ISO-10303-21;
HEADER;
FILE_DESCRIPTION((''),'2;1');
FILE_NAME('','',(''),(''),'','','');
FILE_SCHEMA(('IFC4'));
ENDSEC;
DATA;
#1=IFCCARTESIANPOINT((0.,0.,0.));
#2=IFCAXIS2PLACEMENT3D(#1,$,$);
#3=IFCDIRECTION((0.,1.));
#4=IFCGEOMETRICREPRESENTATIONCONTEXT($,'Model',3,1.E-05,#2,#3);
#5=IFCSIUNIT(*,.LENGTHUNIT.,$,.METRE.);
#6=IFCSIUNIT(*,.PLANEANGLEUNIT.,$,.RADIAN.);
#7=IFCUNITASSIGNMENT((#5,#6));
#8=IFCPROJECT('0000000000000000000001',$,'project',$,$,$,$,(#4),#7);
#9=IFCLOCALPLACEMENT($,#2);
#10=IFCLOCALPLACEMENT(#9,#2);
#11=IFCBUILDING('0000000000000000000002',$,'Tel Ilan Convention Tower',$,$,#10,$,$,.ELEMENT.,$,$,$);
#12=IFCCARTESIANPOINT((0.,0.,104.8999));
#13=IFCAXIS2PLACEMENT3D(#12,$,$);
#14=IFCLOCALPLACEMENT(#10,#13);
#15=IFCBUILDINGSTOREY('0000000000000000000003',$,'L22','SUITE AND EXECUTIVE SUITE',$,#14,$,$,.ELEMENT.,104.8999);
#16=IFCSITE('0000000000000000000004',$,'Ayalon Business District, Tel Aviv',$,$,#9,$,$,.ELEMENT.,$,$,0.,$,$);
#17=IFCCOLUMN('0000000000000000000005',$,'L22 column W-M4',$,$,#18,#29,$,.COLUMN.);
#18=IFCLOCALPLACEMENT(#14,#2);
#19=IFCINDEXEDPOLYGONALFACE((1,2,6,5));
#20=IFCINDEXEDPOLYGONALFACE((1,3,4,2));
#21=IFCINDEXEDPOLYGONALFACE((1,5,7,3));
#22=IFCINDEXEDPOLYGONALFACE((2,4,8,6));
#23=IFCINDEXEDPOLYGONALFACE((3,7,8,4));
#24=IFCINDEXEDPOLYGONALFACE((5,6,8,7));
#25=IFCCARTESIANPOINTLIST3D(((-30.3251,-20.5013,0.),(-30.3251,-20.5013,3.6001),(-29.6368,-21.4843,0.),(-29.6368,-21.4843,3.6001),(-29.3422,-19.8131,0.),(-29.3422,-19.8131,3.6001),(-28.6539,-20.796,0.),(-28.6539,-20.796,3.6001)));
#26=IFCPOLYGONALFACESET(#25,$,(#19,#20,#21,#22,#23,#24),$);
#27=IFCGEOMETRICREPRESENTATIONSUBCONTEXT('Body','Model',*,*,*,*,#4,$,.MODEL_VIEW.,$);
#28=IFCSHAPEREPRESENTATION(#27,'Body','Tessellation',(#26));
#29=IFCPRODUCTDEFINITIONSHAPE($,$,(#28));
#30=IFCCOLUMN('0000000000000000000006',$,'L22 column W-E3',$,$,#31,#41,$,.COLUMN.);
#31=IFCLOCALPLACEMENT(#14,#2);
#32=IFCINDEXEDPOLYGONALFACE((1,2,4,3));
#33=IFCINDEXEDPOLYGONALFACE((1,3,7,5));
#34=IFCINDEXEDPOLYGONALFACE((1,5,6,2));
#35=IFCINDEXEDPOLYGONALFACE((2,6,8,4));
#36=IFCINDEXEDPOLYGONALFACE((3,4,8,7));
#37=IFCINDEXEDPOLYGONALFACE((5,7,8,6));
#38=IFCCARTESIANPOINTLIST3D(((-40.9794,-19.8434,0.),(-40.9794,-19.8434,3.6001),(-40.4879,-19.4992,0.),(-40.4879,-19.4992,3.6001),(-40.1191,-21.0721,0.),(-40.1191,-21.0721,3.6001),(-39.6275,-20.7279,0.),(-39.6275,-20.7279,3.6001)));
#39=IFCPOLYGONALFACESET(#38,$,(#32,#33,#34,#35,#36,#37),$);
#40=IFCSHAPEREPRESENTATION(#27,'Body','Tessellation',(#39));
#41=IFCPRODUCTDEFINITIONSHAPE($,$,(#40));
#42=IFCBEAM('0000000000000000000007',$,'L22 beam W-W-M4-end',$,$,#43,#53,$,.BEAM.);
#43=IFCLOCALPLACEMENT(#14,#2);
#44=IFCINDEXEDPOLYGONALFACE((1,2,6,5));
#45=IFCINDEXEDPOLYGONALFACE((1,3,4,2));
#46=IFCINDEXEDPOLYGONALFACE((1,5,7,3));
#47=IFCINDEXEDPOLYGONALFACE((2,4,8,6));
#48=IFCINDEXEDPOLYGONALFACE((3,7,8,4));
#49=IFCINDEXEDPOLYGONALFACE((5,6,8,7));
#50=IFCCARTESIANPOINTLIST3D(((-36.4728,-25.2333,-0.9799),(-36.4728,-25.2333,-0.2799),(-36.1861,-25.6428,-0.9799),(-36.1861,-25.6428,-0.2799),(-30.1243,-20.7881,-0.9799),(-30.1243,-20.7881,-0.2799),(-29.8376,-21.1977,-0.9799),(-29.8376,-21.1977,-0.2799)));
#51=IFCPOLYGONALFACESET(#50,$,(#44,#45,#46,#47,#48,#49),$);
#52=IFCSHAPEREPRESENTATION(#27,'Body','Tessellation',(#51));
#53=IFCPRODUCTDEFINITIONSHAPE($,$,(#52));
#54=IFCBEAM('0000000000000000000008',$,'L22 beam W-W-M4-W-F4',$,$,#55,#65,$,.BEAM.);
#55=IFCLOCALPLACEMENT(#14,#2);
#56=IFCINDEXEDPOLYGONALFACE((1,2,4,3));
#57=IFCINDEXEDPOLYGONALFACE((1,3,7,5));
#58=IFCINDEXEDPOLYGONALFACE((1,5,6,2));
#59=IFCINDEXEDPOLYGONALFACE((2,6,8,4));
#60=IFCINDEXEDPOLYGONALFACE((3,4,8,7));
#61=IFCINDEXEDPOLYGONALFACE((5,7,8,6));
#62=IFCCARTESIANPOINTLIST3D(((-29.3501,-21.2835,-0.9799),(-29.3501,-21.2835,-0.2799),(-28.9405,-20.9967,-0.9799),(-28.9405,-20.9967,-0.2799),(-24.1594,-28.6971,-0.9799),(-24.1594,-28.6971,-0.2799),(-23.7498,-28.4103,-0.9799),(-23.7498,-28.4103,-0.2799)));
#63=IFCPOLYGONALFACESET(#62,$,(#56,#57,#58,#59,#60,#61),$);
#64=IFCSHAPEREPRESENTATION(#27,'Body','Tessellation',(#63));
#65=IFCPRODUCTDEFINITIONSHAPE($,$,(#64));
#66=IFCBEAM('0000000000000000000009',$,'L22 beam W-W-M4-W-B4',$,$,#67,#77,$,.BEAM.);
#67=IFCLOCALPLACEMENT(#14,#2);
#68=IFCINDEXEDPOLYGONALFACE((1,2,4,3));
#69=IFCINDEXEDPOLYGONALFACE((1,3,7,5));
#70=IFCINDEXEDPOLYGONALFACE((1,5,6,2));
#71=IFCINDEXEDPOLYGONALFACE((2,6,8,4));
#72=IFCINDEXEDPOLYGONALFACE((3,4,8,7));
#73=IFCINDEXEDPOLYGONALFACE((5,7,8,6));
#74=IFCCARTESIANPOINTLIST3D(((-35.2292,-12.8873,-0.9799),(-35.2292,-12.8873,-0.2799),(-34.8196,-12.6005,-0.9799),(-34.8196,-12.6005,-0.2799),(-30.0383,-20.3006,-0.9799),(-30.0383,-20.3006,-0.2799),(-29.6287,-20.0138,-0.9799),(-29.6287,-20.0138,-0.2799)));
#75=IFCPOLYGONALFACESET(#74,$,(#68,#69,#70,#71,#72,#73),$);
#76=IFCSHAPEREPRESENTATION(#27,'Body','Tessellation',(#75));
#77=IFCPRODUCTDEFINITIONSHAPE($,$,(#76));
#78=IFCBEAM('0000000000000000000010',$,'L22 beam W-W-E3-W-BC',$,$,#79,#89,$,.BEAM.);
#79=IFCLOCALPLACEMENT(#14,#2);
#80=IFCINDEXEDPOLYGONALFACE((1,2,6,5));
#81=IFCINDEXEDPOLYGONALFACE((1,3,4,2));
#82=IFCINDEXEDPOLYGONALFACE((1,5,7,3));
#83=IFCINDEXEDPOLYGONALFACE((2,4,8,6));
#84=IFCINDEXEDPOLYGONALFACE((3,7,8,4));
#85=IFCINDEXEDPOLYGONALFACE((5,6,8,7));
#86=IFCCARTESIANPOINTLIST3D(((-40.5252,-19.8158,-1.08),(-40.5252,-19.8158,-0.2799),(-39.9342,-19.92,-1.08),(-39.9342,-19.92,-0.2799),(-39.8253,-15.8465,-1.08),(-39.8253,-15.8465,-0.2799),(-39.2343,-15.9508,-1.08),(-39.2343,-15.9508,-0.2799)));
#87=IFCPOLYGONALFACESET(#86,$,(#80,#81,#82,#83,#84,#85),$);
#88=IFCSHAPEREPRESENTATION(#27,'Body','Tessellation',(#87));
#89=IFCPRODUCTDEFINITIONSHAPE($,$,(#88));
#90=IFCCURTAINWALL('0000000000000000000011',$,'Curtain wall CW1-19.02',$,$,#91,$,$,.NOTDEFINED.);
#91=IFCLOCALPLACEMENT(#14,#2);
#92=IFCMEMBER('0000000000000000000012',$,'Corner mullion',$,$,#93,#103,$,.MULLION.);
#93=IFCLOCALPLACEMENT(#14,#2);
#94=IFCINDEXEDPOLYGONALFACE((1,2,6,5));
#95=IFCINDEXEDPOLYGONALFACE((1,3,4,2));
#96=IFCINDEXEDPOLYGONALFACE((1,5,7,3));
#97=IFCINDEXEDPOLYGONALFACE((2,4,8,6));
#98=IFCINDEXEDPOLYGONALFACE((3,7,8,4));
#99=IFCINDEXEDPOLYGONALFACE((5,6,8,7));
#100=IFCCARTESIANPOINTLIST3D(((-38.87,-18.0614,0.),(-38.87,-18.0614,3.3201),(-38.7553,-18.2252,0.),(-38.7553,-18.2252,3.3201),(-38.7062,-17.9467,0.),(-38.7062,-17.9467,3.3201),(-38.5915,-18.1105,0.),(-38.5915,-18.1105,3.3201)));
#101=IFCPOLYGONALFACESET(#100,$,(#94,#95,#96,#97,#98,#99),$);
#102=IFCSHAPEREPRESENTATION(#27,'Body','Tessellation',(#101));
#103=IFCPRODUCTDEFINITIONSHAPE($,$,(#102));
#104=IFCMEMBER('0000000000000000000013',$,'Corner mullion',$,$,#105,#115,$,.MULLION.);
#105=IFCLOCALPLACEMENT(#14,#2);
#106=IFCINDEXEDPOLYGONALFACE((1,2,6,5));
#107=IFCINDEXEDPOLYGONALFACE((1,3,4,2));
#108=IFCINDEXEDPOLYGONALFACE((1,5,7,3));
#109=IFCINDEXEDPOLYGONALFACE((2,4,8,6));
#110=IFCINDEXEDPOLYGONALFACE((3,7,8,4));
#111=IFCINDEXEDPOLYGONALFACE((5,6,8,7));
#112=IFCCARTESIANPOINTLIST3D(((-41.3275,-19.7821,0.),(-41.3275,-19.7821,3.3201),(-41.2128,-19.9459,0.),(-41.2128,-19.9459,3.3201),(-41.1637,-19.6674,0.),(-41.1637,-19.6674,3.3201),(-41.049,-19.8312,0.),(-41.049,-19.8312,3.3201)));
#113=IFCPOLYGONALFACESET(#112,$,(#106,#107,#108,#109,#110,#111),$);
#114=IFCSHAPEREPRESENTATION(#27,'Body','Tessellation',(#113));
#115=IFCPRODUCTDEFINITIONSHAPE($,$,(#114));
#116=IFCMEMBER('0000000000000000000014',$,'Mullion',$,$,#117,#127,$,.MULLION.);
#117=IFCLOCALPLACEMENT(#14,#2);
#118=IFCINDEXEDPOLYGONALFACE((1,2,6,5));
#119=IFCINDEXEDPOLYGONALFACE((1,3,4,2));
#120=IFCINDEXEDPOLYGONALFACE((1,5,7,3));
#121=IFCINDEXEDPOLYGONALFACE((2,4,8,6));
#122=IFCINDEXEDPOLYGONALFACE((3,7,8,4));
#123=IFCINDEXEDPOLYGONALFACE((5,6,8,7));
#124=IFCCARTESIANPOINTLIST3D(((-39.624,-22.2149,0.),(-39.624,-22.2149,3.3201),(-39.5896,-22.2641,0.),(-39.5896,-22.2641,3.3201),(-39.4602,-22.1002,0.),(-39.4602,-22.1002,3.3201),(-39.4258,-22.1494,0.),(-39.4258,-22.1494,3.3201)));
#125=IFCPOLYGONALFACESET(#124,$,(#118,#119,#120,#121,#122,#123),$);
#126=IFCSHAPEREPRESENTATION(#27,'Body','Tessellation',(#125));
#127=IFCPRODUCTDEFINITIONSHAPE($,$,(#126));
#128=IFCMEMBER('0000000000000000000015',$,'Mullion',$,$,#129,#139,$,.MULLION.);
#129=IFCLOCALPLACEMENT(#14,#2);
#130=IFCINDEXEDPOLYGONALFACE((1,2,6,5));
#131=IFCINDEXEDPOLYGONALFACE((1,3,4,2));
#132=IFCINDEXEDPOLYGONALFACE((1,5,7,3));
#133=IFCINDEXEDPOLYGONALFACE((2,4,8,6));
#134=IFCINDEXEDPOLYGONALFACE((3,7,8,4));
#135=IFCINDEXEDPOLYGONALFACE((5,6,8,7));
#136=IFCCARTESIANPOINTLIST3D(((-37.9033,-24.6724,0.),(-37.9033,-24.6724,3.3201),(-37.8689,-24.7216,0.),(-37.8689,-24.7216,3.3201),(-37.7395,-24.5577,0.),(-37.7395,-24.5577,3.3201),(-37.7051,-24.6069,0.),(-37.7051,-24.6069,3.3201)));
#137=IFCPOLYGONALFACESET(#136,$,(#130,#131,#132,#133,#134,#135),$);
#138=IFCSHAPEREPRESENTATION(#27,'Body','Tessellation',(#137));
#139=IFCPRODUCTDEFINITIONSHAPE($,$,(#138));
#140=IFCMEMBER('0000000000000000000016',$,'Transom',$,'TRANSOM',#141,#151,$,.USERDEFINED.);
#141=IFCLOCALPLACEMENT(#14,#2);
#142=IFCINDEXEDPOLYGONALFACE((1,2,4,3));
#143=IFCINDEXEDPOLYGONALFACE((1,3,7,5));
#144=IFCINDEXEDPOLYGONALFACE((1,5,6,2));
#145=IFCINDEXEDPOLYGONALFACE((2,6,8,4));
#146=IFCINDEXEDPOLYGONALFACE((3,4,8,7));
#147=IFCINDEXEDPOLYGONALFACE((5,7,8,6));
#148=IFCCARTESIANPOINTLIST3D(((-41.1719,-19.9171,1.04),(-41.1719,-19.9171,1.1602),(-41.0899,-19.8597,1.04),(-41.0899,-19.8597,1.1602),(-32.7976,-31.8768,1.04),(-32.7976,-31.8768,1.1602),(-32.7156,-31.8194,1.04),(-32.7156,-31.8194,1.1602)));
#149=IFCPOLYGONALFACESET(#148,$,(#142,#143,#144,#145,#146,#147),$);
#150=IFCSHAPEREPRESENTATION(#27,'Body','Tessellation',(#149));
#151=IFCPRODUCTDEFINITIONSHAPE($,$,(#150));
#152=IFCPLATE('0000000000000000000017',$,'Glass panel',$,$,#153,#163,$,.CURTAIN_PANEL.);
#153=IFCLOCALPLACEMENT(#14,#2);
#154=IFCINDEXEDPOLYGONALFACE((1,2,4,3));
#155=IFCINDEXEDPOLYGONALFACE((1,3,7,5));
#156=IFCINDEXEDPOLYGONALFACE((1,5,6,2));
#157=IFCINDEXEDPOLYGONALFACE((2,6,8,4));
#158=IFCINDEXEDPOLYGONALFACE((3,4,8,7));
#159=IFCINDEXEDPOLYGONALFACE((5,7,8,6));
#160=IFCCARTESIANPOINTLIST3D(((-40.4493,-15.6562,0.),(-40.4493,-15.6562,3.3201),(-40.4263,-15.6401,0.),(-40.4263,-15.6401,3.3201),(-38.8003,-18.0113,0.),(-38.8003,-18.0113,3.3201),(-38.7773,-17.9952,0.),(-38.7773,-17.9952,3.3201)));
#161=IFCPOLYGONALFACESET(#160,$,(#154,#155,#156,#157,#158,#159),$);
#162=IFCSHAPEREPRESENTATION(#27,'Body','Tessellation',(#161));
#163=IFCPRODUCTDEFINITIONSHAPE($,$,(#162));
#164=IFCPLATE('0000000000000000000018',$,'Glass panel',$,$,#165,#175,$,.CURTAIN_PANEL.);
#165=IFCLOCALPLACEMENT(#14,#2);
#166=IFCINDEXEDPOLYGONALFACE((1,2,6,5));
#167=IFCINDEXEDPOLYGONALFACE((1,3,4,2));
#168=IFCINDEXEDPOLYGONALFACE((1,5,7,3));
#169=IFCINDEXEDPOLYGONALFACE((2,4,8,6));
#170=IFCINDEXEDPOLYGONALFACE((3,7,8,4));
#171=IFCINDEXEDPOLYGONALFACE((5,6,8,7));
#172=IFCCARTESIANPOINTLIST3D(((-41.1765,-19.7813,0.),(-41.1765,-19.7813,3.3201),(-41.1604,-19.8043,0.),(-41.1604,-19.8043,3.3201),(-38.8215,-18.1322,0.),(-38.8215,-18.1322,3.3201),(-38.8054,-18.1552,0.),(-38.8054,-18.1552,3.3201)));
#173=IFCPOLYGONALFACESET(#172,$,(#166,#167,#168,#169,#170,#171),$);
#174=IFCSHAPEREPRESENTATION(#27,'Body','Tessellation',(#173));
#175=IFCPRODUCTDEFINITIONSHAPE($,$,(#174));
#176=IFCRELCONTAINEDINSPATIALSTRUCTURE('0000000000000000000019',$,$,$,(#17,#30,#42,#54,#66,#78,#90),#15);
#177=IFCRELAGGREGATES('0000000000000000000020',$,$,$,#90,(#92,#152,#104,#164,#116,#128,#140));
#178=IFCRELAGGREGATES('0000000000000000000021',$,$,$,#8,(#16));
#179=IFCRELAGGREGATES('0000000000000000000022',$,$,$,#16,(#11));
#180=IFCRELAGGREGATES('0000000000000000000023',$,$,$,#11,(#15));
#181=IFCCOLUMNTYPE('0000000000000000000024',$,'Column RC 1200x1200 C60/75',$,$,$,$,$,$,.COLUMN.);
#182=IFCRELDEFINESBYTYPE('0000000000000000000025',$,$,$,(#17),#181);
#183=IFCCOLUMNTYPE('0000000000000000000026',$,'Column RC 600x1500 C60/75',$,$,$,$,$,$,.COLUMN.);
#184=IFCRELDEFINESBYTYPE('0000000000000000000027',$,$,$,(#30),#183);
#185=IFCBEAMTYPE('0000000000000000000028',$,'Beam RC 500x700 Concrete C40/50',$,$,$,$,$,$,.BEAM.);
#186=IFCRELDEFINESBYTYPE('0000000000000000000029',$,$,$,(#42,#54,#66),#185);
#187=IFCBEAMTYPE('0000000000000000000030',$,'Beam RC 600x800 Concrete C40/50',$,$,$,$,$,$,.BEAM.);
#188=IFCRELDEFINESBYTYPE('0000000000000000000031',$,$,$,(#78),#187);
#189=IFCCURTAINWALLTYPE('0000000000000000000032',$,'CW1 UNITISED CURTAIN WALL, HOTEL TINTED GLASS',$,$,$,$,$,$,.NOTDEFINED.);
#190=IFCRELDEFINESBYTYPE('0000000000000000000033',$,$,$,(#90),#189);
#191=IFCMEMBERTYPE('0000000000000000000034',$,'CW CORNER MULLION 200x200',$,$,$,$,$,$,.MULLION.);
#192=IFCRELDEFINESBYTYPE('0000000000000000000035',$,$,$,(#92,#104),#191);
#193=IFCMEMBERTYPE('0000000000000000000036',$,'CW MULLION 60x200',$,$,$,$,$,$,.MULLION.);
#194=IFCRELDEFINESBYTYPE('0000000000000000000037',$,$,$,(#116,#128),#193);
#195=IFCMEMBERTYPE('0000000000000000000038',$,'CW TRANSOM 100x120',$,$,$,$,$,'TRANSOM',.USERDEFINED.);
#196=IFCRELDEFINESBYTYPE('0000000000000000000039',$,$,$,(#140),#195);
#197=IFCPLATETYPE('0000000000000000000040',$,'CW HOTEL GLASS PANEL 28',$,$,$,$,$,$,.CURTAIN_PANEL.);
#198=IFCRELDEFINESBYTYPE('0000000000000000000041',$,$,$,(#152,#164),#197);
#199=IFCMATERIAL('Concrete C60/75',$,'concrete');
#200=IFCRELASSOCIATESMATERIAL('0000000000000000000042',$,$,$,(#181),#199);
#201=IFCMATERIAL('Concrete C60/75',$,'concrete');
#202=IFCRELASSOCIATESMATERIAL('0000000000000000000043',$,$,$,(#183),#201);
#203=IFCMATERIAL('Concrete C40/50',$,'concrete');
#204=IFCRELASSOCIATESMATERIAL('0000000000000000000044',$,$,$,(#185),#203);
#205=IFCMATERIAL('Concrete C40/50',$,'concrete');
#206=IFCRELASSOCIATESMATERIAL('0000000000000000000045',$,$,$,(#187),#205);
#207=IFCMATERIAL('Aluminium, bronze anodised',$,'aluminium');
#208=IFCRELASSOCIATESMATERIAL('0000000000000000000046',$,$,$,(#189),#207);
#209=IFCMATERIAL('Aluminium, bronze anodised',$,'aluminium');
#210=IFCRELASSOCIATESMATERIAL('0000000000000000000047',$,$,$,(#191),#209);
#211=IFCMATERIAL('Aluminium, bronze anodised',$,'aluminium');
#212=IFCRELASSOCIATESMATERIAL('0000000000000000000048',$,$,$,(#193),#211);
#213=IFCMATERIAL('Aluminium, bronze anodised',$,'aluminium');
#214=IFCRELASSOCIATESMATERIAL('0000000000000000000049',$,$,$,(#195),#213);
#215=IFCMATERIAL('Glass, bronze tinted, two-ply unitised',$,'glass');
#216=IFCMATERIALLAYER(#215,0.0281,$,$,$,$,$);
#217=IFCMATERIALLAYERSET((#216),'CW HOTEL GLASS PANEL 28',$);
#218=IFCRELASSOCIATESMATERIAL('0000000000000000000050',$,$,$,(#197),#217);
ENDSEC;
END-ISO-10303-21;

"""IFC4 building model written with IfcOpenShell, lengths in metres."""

from ifc_helpers import new_model, si_unit, direction, frame, origin, origin_2d, place, context, subcontext, project, spatial, rectangle, extrude, material, layer, layer_set, material_profile, profile_set, type_object, element, aggregate, save


model = new_model("IFC4")

# Units and contexts
model_context = context("Model", 3, precision=1e-05, world=origin(), true_north=direction((0.0, 1.0)))
body_context = subcontext(model_context, "Body", "Model", "MODEL_VIEW")
ifc_project = project(units=[si_unit("LENGTHUNIT", "METRE"), si_unit("PLANEANGLEUNIT", "RADIAN")], contexts=[model_context])

# Site, building, storey
site_placement = place(None, origin())
site = spatial("IfcSite", under=ifc_project, at=site_placement, Name="Ayalon Business District, Tel Aviv", CompositionType="ELEMENT", RefElevation=0.0)
building_placement = place(site_placement, origin())
building = spatial("IfcBuilding", under=site, at=building_placement, Name="Tel Ilan Convention Tower", CompositionType="ELEMENT")
storey_placement = place(building_placement, frame((0.0, 0.0, 104.8999)))
storey = spatial("IfcBuildingStorey", under=building, at=storey_placement, Name="L22", Description="SUITE AND EXECUTIVE SUITE", CompositionType="ELEMENT", Elevation=104.8999)

# Columns
ifc_material_1 = material(Name="Concrete C60/75", Category="concrete")
ifc_material_profile_1 = material_profile(ifc_material_1, rectangle(XDim=1.2, YDim=1.2, at=origin_2d()), Name="RC 1200x1200")
ifc_profile_set_1 = profile_set([ifc_material_profile_1], Name="Concrete C60/75")
column_type_1 = type_object("IfcColumnType", Name="Column RC 1200x1200 C60/75", PredefinedType="COLUMN", material=ifc_profile_set_1)
column_1_placement = place(storey_placement, frame((-29.4895, -20.6487, 0.0), z_axis=(0.0, 0.0, 1.0), x_axis=(-0.819152, -0.573576, 0.0)))
element("IfcColumn", 1, at=column_1_placement, inside=storey, type_object=column_type_1, Name="L22 column W-M4", PredefinedType="COLUMN", context=body_context, shape_type="SweptSolid", body=[
    extrude(rectangle(XDim=1.2, YDim=1.2, at=origin_2d()), origin(), (0.0, 0.0, 1.0), 3.6001),
])
ifc_material_2 = material(Name="Concrete C60/75", Category="concrete")
ifc_material_profile_2 = material_profile(ifc_material_2, rectangle(XDim=1.5, YDim=0.6001, at=origin_2d()), Name="RC 600x1500")
ifc_profile_set_2 = profile_set([ifc_material_profile_2], Name="Concrete C60/75")
column_type_2 = type_object("IfcColumnType", Name="Column RC 600x1500 C60/75", PredefinedType="COLUMN", material=ifc_profile_set_2)
column_2_placement = place(storey_placement, frame((-40.3035, -20.2856, 0.0), z_axis=(0.0, 0.0, 1.0), x_axis=(-0.573576, 0.819152, 0.0)))
element("IfcColumn", 2, at=column_2_placement, inside=storey, type_object=column_type_2, Name="L22 column W-E3", PredefinedType="COLUMN", context=body_context, shape_type="SweptSolid", body=[
    extrude(rectangle(XDim=1.5, YDim=0.6001, at=origin_2d()), origin(), (0.0, 0.0, 1.0), 3.6001),
])

# Beams
ifc_material_3 = material(Name="Concrete C40/50", Category="concrete")
ifc_material_profile_3 = material_profile(ifc_material_3, rectangle(XDim=0.5, YDim=0.7, at=origin_2d()), Name="RC 500x700")
ifc_profile_set_3 = profile_set([ifc_material_profile_3], Name="Concrete C40/50")
beam_type_1 = type_object("IfcBeamType", Name="Beam RC 500x700 Concrete C40/50", PredefinedType="BEAM", material=ifc_profile_set_3)
beam_1_placement = place(storey_placement, frame((-29.981, -20.9929, -0.6299), z_axis=(-0.819159, -0.573566, 0.0), x_axis=(0.573566, -0.819159, 0.0)))
element("IfcBeam", 3, at=beam_1_placement, inside=storey, type_object=beam_type_1, Name="L22 beam W-W-M4-end", PredefinedType="BEAM", context=body_context, shape_type="SweptSolid", body=[
    extrude(rectangle(XDim=0.5, YDim=0.7, at=origin_2d()), origin(), (0.0, 0.0, 1.0), 7.75),
])
for number, where, z_axis, x_axis, name in (
    (4, (-29.1453, -21.1401, -0.6299), (0.573549, -0.819171, 0.0), (0.819171, 0.573549, 0.0), "L22 beam W-W-M4-W-F4"),
    (5, (-29.8335, -20.1572, -0.6299), (-0.57358, 0.81915, 0.0), (-0.81915, -0.57358, 0.0), "L22 beam W-W-M4-W-B4"),
):
    element("IfcBeam", number, at=place(storey_placement, frame(where, z_axis=z_axis, x_axis=x_axis)), inside=storey, type_object=beam_type_1, Name=name, PredefinedType="BEAM", context=body_context, shape_type="SweptSolid", body=[
        extrude(rectangle(XDim=0.5, YDim=0.7, at=origin_2d()), origin(), (0.0, 0.0, 1.0), 9.05),
    ])
ifc_material_4 = material(Name="Concrete C40/50", Category="concrete")
ifc_material_profile_4 = material_profile(ifc_material_4, rectangle(XDim=0.6001, YDim=0.8, at=origin_2d()), Name="RC 600x800")
ifc_profile_set_4 = profile_set([ifc_material_profile_4], Name="Concrete C40/50")
beam_type_2 = type_object("IfcBeamType", Name="Beam RC 600x800 Concrete C40/50", PredefinedType="BEAM", material=ifc_profile_set_4)
beam_2_placement = place(storey_placement, frame((-40.2297, -19.8679, -0.6799), z_axis=(0.173664, 0.984805, 0.0), x_axis=(-0.984805, 0.173664, 0.0)))
element("IfcBeam", 6, at=beam_2_placement, inside=storey, type_object=beam_type_2, Name="L22 beam W-W-E3-W-BC", PredefinedType="BEAM", context=body_context, shape_type="SweptSolid", body=[
    extrude(rectangle(XDim=0.6001, YDim=0.8, at=origin_2d()), origin(), (0.0, 0.0, 1.0), 4.0305),
])

# Curtain wall, members, plates
ifc_material_5 = material(Name="Aluminium, bronze anodised", Category="aluminium")
curtain_wall_type = type_object("IfcCurtainWallType", Name="CW1 UNITISED CURTAIN WALL, HOTEL TINTED GLASS", PredefinedType="NOTDEFINED", material=ifc_material_5)
curtain_wall_placement = place(storey_placement, origin())
curtain_wall = element("IfcCurtainWall", 7, at=curtain_wall_placement, inside=storey, type_object=curtain_wall_type, Name="Curtain wall CW1-19.02", PredefinedType="NOTDEFINED")
ifc_material_6 = material(Name="Aluminium, bronze anodised", Category="aluminium")
ifc_material_profile_5 = material_profile(ifc_material_6, rectangle(XDim=0.2, YDim=0.2, at=origin_2d()), Name="CW CORNER MULLION 200x200")
ifc_profile_set_5 = profile_set([ifc_material_profile_5], Name="Aluminium, bronze anodised")
member_type_1 = type_object("IfcMemberType", Name="CW CORNER MULLION 200x200", PredefinedType="MULLION", material=ifc_profile_set_5)
member_1_placement = place(storey_placement, frame((-38.7307, -18.0859, 0.0), z_axis=(0.0, 0.0, 1.0), x_axis=(0.573576, -0.819152, 0.0)))
member_1 = element("IfcMember", 8, at=member_1_placement, type_object=member_type_1, Name="Corner mullion", PredefinedType="MULLION", context=body_context, shape_type="SweptSolid", body=[
    extrude(rectangle(XDim=0.2, YDim=0.2, at=origin_2d()), origin(), (0.0, 0.0, 1.0), 3.3201),
])
member_2_placement = place(storey_placement, frame((-41.1882, -19.8066, 0.0), z_axis=(0.0, 0.0, 1.0), x_axis=(-0.819152, -0.573576, 0.0)))
member_2 = element("IfcMember", 9, at=member_2_placement, type_object=member_type_1, Name="Corner mullion", PredefinedType="MULLION", context=body_context, shape_type="SweptSolid", body=[
    extrude(rectangle(XDim=0.2, YDim=0.2, at=origin_2d()), origin(), (0.0, 0.0, 1.0), 3.3201),
])
ifc_material_7 = material(Name="Aluminium, bronze anodised", Category="aluminium")
ifc_material_profile_6 = material_profile(ifc_material_7, rectangle(XDim=0.0601, YDim=0.2, at=origin_2d()), Name="CW MULLION 60x200")
ifc_profile_set_6 = profile_set([ifc_material_profile_6], Name="Aluminium, bronze anodised")
member_type_2 = type_object("IfcMemberType", Name="CW MULLION 60x200", PredefinedType="MULLION", material=ifc_profile_set_6)
member_3_placement = place(storey_placement, frame((-39.5249, -22.1821, 0.0), z_axis=(0.0, 0.0, 1.0), x_axis=(0.573576, -0.819152, 0.0)))
member_3 = element("IfcMember", 10, at=member_3_placement, type_object=member_type_2, Name="Mullion", PredefinedType="MULLION", context=body_context, shape_type="SweptSolid", body=[
    extrude(rectangle(XDim=0.0601, YDim=0.2, at=origin_2d()), origin(), (0.0, 0.0, 1.0), 3.3201),
])
member_4_placement = place(storey_placement, frame((-37.8042, -24.6396, 0.0), z_axis=(0.0, 0.0, 1.0), x_axis=(0.573576, -0.819152, 0.0)))
member_4 = element("IfcMember", 11, at=member_4_placement, type_object=member_type_2, Name="Mullion", PredefinedType="MULLION", context=body_context, shape_type="SweptSolid", body=[
    extrude(rectangle(XDim=0.0601, YDim=0.2, at=origin_2d()), origin(), (0.0, 0.0, 1.0), 3.3201),
])
ifc_material_8 = material(Name="Aluminium, bronze anodised", Category="aluminium")
ifc_material_profile_7 = material_profile(ifc_material_8, rectangle(XDim=0.1001, YDim=0.1201, at=origin_2d()), Name="CW TRANSOM 100x120")
ifc_profile_set_7 = profile_set([ifc_material_profile_7], Name="Aluminium, bronze anodised")
member_type_3 = type_object("IfcMemberType", Name="CW TRANSOM 100x120", ElementType="TRANSOM", PredefinedType="USERDEFINED", material=ifc_profile_set_7)
member_5_placement = place(storey_placement, frame((-41.1309, -19.8884, 1.1001), z_axis=(0.573576, -0.819153, 0.0), x_axis=(0.819153, 0.573576, 0.0)))
member_5 = element("IfcMember", 12, at=member_5_placement, type_object=member_type_3, Name="Transom", ObjectType="TRANSOM", PredefinedType="USERDEFINED", context=body_context, shape_type="SweptSolid", body=[
    extrude(rectangle(XDim=0.1001, YDim=0.1201, at=origin_2d()), origin(), (0.0, 0.0, 1.0), 14.6001),
])
ifc_material_9 = material(Name="Glass, bronze tinted, two-ply unitised", Category="glass")
ifc_layer_1 = layer(ifc_material_9, 0.0281)
ifc_layer_set_1 = layer_set([ifc_layer_1], Name="CW HOTEL GLASS PANEL 28")
plate_type = type_object("IfcPlateType", Name="CW HOTEL GLASS PANEL 28", PredefinedType="CURTAIN_PANEL", material=ifc_layer_set_1)
plate_1_placement = place(storey_placement, frame((-39.6133, -16.8257, 0.0), z_axis=(0.0, 0.0, 1.0), x_axis=(0.573576, -0.819152, 0.0)))
plate_1 = element("IfcPlate", 13, at=plate_1_placement, type_object=plate_type, Name="Glass panel", PredefinedType="CURTAIN_PANEL", context=body_context, shape_type="SweptSolid", body=[
    extrude(rectangle(XDim=2.875, YDim=0.0281, at=origin_2d()), origin(), (0.0, 0.0, 1.0), 3.3201),
])
plate_2_placement = place(storey_placement, frame((-39.991, -18.9683, 0.0), z_axis=(0.0, 0.0, 1.0), x_axis=(-0.819152, -0.573576, 0.0)))
plate_2 = element("IfcPlate", 14, at=plate_2_placement, type_object=plate_type, Name="Glass panel", PredefinedType="CURTAIN_PANEL", context=body_context, shape_type="SweptSolid", body=[
    extrude(rectangle(XDim=2.875, YDim=0.0281, at=origin_2d()), origin(), (0.0, 0.0, 1.0), 3.3201),
])
aggregate(curtain_wall, [member_1, plate_1, member_2, plate_2, member_3, member_4, member_5])

save(model, "model.ifc")
